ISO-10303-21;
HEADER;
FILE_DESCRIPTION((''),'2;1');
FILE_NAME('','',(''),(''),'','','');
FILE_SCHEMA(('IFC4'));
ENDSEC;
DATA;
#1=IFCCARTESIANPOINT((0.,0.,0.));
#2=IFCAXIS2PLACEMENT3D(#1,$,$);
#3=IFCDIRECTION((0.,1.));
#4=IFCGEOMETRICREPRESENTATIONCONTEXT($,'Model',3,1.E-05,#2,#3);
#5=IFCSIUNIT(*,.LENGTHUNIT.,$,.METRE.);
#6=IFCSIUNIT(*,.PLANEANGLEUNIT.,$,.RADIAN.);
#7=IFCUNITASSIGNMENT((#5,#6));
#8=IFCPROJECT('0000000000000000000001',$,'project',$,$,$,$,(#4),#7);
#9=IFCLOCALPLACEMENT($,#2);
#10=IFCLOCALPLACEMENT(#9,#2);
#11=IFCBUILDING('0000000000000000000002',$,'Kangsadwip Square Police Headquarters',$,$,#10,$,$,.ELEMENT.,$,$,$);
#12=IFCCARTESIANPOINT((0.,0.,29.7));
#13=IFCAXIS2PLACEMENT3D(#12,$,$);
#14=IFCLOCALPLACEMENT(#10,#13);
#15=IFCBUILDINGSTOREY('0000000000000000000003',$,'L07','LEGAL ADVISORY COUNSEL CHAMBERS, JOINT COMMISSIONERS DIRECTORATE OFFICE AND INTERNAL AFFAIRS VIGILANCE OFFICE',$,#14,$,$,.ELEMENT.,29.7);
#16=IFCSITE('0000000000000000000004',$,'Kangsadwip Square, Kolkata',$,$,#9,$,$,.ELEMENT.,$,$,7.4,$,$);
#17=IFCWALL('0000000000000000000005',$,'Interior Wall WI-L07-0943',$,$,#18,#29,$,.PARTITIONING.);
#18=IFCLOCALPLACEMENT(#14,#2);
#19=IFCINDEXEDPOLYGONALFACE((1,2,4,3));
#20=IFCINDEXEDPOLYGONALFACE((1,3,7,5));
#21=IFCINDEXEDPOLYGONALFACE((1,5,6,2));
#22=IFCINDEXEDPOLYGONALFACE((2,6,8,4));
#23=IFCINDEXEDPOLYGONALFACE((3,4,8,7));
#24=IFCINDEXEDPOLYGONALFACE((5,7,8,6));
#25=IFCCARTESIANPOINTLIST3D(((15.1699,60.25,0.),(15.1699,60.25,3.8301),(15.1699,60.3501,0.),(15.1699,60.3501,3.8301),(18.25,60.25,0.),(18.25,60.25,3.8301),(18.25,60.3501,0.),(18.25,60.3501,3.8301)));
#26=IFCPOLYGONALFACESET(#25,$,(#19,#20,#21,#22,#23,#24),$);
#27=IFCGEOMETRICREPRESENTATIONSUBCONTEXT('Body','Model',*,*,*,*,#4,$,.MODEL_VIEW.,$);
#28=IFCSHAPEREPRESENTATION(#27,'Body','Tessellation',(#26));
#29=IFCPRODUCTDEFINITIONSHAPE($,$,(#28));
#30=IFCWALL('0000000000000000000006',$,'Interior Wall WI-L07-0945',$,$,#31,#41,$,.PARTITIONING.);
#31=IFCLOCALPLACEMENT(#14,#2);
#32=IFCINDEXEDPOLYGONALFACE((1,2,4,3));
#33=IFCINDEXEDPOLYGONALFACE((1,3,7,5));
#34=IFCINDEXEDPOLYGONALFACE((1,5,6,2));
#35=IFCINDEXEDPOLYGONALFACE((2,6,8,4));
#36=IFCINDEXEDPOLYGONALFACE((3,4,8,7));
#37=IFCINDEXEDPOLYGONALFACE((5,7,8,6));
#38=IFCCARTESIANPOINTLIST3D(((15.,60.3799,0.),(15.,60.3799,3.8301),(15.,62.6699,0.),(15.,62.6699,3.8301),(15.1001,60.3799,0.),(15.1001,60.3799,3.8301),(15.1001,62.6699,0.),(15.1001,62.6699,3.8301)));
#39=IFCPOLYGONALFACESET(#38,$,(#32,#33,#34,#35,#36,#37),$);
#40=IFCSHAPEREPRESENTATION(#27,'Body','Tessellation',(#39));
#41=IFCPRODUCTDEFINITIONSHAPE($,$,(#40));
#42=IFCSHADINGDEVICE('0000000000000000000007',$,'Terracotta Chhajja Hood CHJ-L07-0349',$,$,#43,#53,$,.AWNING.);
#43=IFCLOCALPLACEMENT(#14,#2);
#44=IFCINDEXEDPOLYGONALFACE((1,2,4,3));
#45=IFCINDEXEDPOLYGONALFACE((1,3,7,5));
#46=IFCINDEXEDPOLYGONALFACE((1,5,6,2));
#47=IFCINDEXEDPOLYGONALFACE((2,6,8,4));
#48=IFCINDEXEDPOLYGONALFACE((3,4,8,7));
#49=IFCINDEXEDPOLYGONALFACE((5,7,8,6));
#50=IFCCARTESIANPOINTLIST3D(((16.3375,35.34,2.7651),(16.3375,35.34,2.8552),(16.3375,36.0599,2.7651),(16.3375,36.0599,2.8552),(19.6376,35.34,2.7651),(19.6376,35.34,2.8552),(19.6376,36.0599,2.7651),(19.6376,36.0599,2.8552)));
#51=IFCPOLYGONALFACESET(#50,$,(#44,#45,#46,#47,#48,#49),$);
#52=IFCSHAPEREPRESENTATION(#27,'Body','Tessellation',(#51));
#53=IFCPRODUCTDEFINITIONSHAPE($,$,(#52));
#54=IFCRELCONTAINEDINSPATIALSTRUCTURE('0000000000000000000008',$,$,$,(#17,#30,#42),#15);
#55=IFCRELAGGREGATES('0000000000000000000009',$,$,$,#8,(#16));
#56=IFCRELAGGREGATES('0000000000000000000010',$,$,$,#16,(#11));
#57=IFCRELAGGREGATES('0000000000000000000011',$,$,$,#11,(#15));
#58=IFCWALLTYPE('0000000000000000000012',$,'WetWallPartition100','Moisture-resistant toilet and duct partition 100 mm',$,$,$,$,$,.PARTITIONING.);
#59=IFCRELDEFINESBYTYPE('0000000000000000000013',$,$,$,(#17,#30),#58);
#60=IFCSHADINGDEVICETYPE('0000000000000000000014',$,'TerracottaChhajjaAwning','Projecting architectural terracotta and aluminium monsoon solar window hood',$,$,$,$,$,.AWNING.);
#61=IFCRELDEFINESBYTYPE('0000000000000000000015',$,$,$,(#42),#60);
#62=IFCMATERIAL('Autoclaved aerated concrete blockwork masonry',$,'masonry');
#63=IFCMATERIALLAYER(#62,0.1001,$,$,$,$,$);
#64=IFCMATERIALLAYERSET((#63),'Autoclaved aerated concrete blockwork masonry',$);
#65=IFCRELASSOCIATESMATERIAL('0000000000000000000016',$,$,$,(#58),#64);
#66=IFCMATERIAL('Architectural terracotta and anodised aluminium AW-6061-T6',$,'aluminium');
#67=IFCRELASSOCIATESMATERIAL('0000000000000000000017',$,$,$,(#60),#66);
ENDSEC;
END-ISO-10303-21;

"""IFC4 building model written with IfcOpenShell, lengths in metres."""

from ifc_helpers import new_model, si_unit, direction, frame, frame_2d, origin, origin_2d, place, context, subcontext, project, spatial, rectangle, extrude, material, layer, layer_set, type_object, element, save


model = new_model("IFC4")

# Units and contexts
model_context = context("Model", 3, precision=1e-05, world=origin(), true_north=direction((0.0, 1.0)))
body_context = subcontext(model_context, "Body", "Model", "MODEL_VIEW")
ifc_project = project(units=[si_unit("LENGTHUNIT", "METRE"), si_unit("PLANEANGLEUNIT", "RADIAN")], contexts=[model_context])

# Site, building, storey
site_placement = place(None, origin())
site = spatial("IfcSite", under=ifc_project, at=site_placement, Name="Kangsadwip Square, Kolkata", CompositionType="ELEMENT", RefElevation=7.4)
building_placement = place(site_placement, origin())
building = spatial("IfcBuilding", under=site, at=building_placement, Name="Kangsadwip Square Police Headquarters", CompositionType="ELEMENT")
storey_placement = place(building_placement, frame((0.0, 0.0, 29.7)))
storey = spatial("IfcBuildingStorey", under=building, at=storey_placement, Name="L07", Description="LEGAL ADVISORY COUNSEL CHAMBERS, JOINT COMMISSIONERS DIRECTORATE OFFICE AND INTERNAL AFFAIRS VIGILANCE OFFICE", CompositionType="ELEMENT", Elevation=29.7)

# Shared definitions
ifc_material_1 = material(Name="Autoclaved aerated concrete blockwork masonry", Category="masonry")
ifc_layer_1 = layer(ifc_material_1, 0.1001)
ifc_layer_set_1 = layer_set([ifc_layer_1], Name="Autoclaved aerated concrete blockwork masonry")
wall_type_1 = type_object("IfcWallType", Name="WetWallPartition100", Description="Moisture-resistant toilet and duct partition 100 mm", PredefinedType="PARTITIONING", material=ifc_layer_set_1)

# Walls
wall_1_placement = place(storey_placement, frame((15.1699, 60.3, 0.0), z_axis=(0.0, 0.0, 1.0), x_axis=(1.0, 0.0, 0.0)))
element("IfcWall", 1, at=wall_1_placement, inside=storey, type_object=wall_type_1, Name="Interior Wall WI-L07-0943", PredefinedType="PARTITIONING", context=body_context, shape_type="SweptSolid", body=[
    extrude(rectangle(XDim=3.0801, YDim=0.1001, at=frame_2d((1.54, 0.0))), origin(), (0.0, 0.0, 1.0), 3.8301),
])
wall_2_placement = place(storey_placement, frame((15.05, 60.3799, 0.0), z_axis=(0.0, 0.0, 1.0), x_axis=(0.0, 1.0, 0.0)))
element("IfcWall", 2, at=wall_2_placement, inside=storey, type_object=wall_type_1, Name="Interior Wall WI-L07-0945", PredefinedType="PARTITIONING", context=body_context, shape_type="SweptSolid", body=[
    extrude(rectangle(XDim=2.29, YDim=0.1001, at=frame_2d((1.145, 0.0))), origin(), (0.0, 0.0, 1.0), 3.8301),
])

# Shading device
ifc_material_2 = material(Name="Architectural terracotta and anodised aluminium AW-6061-T6", Category="aluminium")
shading_device_type = type_object("IfcShadingDeviceType", Name="TerracottaChhajjaAwning", Description="Projecting architectural terracotta and aluminium monsoon solar window hood", PredefinedType="AWNING", material=ifc_material_2)
shading_device_placement = place(storey_placement, frame((17.9875, 35.7, 2.7651), z_axis=(0.0, 0.0, 1.0), x_axis=(1.0, 0.0, 0.0)))
element("IfcShadingDevice", 3, at=shading_device_placement, inside=storey, type_object=shading_device_type, Name="Terracotta Chhajja Hood CHJ-L07-0349", PredefinedType="AWNING", context=body_context, shape_type="SweptSolid", body=[
    extrude(rectangle(XDim=3.3, YDim=0.72, at=origin_2d()), origin(), (0.0, 0.0, 1.0), 0.0901),
])

save(model, "model.ifc")
